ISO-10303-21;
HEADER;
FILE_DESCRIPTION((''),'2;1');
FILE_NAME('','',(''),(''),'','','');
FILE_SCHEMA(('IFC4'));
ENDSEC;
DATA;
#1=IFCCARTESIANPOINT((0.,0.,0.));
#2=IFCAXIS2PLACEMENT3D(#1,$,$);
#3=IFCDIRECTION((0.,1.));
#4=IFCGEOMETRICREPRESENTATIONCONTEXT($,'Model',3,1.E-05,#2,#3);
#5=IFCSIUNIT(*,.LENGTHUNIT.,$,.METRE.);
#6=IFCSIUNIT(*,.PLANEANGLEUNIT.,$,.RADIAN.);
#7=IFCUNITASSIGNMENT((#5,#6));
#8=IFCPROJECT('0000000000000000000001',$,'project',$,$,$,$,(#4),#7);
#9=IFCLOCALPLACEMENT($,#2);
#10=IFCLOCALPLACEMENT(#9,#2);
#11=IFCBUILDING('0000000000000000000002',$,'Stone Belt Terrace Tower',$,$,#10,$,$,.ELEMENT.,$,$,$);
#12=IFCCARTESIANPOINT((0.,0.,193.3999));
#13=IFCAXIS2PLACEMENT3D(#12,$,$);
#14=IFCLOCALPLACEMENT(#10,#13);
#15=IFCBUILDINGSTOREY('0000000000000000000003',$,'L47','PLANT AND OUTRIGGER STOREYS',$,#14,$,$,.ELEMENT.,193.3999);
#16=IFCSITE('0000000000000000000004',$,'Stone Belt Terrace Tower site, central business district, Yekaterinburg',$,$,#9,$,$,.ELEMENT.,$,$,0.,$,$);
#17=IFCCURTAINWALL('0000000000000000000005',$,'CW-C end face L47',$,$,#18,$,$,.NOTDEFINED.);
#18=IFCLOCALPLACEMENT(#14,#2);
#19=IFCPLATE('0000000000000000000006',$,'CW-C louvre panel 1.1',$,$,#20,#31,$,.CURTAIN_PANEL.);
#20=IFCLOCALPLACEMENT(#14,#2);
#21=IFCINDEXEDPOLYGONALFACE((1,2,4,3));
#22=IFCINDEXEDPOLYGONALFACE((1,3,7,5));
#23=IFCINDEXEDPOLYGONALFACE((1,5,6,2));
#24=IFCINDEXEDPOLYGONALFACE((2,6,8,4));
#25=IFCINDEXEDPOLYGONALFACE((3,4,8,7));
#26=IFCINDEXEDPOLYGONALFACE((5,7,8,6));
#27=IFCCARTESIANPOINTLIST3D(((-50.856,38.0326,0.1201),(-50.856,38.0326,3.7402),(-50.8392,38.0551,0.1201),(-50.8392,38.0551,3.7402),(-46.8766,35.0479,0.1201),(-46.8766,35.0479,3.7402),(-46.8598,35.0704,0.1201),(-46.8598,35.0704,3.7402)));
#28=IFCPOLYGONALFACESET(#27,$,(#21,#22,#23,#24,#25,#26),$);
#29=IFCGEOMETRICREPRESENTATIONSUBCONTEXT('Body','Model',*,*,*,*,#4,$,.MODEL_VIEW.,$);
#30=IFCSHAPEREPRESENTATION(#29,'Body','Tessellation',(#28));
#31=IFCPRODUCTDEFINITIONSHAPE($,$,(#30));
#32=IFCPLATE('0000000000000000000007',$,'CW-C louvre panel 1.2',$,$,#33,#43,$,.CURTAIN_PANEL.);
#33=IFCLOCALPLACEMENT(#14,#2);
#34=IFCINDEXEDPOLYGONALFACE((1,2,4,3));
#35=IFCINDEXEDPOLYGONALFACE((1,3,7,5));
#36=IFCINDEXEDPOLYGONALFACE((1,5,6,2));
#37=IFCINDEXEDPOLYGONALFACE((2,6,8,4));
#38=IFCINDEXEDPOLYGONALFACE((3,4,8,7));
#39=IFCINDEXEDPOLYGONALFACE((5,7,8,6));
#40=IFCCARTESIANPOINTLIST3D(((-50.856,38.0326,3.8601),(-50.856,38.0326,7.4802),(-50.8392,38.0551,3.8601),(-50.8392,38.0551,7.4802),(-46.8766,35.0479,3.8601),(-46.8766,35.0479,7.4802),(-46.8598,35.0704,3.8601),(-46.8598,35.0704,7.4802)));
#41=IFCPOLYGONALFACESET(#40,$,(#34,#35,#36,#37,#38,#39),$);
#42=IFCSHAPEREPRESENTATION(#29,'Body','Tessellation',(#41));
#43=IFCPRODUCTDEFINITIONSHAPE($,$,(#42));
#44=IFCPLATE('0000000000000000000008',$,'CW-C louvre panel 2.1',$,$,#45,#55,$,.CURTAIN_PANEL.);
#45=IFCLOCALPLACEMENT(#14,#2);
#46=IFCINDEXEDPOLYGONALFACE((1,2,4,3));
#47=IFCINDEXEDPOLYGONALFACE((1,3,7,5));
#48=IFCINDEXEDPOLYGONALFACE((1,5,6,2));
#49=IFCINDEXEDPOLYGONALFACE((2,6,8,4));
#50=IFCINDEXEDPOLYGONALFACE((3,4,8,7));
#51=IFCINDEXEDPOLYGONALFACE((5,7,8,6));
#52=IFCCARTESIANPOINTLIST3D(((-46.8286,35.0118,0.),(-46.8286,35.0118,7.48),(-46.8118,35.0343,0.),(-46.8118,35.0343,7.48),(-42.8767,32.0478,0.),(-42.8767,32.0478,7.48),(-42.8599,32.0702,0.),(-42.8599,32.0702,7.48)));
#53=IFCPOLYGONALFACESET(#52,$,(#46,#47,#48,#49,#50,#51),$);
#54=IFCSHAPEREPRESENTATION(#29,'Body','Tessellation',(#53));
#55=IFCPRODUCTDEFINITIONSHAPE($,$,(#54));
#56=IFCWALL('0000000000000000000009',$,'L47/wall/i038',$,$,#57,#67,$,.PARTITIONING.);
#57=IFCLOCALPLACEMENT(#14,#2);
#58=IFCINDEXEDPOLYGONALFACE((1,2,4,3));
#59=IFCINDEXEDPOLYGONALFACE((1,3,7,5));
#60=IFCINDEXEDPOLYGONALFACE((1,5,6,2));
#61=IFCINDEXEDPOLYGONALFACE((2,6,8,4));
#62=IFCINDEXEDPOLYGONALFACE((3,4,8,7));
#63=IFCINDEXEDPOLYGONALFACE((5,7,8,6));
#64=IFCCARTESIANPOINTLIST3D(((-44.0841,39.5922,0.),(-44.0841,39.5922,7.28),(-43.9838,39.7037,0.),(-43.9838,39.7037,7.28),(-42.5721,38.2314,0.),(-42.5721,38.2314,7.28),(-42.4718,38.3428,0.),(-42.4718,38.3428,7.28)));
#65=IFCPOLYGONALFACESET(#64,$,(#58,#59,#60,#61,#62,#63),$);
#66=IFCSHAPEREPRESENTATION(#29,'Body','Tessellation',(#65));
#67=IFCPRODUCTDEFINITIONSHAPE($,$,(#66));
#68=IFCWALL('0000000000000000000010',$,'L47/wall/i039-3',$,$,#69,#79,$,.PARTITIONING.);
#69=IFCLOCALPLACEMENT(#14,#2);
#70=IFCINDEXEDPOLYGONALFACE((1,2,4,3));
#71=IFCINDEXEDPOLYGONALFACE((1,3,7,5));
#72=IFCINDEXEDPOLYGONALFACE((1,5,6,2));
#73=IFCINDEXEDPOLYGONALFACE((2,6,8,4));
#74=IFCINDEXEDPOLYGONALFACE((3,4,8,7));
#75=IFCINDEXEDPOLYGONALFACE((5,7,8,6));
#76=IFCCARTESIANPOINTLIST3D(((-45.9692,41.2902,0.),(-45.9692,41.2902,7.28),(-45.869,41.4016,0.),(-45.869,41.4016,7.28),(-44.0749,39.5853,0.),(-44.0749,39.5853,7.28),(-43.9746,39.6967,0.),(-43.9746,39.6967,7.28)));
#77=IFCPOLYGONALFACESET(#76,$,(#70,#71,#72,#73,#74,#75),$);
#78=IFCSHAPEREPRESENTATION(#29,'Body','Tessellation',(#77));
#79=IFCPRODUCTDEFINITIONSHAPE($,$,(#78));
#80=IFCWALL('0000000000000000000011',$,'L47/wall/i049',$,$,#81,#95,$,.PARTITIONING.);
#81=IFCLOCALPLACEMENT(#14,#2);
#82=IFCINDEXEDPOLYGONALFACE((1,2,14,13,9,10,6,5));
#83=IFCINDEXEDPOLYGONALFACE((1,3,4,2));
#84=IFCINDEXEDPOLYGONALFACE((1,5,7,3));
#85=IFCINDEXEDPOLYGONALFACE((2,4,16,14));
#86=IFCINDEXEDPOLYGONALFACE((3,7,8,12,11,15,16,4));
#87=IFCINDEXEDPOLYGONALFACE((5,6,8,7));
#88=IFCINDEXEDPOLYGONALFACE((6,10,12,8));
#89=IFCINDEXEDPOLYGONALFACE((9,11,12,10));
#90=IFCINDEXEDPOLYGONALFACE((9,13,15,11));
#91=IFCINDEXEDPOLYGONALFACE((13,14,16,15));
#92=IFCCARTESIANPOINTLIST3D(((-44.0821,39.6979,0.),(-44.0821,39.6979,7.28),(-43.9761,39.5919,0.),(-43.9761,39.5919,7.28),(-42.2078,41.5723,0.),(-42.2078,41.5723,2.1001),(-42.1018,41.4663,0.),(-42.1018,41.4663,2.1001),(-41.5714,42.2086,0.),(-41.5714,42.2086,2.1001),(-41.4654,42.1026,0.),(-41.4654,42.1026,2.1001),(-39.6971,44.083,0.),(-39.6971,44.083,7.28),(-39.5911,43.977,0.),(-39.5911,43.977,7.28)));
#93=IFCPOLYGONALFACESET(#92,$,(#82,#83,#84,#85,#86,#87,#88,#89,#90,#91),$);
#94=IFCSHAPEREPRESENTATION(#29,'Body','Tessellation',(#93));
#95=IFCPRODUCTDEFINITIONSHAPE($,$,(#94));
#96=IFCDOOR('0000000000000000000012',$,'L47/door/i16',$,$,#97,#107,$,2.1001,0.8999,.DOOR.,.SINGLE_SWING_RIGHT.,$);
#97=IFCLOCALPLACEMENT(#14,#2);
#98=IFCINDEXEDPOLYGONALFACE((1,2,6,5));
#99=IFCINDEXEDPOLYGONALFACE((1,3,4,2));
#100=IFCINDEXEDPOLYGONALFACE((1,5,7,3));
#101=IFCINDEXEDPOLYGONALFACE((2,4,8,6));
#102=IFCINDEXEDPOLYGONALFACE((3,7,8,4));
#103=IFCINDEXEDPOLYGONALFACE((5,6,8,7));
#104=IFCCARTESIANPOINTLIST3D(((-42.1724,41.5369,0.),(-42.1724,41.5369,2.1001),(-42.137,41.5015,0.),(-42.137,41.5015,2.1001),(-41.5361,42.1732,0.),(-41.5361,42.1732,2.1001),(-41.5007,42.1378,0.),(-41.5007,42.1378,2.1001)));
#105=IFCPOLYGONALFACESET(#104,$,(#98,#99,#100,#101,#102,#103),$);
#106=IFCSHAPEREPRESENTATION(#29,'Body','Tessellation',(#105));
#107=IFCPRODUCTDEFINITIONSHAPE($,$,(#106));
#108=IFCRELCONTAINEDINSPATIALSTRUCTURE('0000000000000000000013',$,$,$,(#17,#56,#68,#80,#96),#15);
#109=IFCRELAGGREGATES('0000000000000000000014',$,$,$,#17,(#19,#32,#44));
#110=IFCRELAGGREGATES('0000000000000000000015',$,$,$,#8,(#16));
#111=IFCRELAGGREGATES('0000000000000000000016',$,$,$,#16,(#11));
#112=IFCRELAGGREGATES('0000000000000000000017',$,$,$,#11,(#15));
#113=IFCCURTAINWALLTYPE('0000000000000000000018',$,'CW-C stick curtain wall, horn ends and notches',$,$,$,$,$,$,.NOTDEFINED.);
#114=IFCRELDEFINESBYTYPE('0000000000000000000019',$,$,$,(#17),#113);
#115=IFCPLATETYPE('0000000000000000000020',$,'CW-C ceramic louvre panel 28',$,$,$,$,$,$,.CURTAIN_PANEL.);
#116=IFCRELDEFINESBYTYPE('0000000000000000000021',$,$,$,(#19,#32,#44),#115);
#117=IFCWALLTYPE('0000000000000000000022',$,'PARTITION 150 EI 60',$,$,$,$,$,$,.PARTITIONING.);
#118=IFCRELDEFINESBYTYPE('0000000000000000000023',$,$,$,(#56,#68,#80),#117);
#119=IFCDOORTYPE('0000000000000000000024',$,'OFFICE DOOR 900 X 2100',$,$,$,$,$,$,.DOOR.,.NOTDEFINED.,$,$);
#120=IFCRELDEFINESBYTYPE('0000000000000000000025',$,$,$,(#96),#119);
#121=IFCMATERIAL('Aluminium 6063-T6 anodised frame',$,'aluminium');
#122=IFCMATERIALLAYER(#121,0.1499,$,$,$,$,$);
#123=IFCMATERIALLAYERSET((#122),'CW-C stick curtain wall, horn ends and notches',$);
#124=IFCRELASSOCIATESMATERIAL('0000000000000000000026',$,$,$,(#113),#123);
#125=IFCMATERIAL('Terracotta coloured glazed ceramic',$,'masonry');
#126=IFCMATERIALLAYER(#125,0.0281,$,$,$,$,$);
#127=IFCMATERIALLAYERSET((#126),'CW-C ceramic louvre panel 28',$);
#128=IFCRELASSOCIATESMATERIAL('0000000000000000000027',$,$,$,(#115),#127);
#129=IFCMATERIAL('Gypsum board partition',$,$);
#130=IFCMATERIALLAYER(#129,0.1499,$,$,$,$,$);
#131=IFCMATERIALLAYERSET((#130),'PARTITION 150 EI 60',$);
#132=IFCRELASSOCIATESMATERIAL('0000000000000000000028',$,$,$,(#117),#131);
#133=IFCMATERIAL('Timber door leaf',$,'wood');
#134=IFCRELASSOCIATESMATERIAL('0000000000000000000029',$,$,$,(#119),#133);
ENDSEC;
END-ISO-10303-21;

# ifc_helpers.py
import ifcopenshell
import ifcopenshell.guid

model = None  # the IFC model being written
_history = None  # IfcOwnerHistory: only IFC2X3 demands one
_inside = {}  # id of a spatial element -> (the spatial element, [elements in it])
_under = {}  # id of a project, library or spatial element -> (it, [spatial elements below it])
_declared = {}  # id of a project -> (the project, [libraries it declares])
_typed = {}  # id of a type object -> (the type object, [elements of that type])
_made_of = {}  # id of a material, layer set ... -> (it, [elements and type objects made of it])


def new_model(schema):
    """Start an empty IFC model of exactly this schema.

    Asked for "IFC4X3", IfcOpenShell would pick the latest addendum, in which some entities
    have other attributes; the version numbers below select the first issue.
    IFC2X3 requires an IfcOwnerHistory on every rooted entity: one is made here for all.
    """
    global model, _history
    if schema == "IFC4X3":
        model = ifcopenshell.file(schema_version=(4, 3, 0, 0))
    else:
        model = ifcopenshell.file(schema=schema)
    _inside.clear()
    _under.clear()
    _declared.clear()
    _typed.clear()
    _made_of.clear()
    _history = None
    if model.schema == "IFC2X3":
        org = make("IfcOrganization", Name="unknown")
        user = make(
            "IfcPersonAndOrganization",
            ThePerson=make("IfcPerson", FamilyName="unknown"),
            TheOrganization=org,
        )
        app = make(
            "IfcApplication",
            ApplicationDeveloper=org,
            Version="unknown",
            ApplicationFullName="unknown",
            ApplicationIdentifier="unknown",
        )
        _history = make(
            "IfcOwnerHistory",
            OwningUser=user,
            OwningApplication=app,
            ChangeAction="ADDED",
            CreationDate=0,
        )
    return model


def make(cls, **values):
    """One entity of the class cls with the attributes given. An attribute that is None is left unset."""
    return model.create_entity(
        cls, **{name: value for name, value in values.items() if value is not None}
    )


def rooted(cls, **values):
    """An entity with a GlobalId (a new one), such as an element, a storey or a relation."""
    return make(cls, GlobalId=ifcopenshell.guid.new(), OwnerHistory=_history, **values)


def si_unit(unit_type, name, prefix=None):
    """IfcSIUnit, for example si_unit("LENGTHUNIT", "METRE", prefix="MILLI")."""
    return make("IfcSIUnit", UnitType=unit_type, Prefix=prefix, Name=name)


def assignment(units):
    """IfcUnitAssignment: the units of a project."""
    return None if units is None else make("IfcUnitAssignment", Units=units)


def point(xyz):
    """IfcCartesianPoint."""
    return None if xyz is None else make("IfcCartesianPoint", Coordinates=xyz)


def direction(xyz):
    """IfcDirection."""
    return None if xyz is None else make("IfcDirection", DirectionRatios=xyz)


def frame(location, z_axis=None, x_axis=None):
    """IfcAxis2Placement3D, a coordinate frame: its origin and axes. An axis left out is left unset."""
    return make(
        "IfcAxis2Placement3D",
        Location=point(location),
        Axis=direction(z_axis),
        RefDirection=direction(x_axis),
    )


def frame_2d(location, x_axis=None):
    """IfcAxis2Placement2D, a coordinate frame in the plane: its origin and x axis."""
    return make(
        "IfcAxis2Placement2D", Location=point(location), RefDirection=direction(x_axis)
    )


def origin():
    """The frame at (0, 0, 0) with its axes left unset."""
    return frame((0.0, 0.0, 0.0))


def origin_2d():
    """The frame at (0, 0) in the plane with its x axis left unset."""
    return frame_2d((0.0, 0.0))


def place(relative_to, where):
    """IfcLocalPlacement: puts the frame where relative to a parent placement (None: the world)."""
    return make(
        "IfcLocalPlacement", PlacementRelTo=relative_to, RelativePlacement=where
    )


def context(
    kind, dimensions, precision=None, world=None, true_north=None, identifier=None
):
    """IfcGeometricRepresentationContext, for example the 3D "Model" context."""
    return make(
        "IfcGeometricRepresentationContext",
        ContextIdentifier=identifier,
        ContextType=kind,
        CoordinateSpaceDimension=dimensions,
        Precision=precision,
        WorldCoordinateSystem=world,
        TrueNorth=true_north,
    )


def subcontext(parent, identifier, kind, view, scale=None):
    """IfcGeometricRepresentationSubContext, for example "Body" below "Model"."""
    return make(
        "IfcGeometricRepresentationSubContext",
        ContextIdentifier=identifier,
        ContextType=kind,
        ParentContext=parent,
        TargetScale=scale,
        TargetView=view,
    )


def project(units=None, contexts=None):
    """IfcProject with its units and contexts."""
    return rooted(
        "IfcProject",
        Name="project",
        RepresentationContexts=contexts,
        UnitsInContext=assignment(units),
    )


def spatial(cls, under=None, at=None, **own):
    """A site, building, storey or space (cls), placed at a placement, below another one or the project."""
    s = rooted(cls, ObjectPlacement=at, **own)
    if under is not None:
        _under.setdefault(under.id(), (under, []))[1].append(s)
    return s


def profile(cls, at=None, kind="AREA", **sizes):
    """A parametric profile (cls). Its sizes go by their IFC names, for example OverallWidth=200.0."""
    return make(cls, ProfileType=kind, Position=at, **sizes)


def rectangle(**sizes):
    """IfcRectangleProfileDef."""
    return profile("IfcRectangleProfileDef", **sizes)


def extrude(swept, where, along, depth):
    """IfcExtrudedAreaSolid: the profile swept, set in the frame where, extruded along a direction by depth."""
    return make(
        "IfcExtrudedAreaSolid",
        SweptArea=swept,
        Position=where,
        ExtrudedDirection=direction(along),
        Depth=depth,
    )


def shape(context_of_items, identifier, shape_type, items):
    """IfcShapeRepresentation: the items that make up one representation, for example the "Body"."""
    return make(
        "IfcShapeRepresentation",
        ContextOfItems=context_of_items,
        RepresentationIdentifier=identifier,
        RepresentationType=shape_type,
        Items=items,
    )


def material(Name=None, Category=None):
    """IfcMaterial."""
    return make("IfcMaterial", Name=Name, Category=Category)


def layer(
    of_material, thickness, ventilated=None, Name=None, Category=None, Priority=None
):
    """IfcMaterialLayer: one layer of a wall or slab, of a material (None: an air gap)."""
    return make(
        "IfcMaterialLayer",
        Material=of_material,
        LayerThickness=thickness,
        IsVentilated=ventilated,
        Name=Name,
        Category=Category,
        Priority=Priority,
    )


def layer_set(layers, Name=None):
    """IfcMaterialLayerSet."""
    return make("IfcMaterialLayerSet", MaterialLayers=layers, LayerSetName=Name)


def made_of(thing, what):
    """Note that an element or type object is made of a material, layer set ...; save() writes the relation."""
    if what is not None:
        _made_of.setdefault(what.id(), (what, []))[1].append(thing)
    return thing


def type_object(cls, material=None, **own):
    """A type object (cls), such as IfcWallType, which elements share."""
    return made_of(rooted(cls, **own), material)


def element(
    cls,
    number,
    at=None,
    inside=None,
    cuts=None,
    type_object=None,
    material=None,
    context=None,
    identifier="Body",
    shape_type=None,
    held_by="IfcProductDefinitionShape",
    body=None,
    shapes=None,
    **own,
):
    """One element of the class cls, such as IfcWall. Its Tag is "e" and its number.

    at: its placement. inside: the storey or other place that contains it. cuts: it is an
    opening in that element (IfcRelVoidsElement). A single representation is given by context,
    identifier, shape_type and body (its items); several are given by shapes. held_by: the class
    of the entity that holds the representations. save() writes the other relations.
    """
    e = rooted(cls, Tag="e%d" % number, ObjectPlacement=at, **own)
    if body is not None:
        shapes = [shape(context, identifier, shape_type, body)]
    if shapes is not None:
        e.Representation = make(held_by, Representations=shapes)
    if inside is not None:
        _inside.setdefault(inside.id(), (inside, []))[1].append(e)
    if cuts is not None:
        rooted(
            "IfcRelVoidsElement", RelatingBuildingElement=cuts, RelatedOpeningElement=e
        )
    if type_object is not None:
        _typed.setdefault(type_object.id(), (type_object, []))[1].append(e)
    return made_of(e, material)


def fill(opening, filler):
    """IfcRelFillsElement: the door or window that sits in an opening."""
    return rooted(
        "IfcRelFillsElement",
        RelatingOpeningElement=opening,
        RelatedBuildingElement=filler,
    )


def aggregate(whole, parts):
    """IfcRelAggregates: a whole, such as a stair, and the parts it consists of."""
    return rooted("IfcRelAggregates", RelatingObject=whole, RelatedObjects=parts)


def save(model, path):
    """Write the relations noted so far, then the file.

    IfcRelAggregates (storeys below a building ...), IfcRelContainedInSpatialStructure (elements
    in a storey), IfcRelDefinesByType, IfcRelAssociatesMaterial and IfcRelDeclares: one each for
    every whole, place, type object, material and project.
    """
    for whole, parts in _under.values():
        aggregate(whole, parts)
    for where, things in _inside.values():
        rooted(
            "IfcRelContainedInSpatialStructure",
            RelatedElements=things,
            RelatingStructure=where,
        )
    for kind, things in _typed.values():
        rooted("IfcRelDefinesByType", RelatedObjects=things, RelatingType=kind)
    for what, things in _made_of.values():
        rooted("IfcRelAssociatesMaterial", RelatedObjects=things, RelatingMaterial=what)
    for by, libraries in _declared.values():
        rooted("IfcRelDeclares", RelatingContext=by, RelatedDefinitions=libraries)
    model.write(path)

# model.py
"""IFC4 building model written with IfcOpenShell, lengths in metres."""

from ifc_helpers import new_model, si_unit, direction, frame, frame_2d, origin, origin_2d, place, context, subcontext, project, spatial, rectangle, extrude, material, layer, layer_set, type_object, element, fill, aggregate, save


model = new_model("IFC4")

# Units and contexts
model_context = context("Model", 3, precision=1e-05, world=origin(), true_north=direction((0.0, 1.0)))
body_context = subcontext(model_context, "Body", "Model", "MODEL_VIEW")
ifc_project = project(units=[si_unit("LENGTHUNIT", "METRE"), si_unit("PLANEANGLEUNIT", "RADIAN")], contexts=[model_context])

# Site, building, storey
site_placement = place(None, origin())
site = spatial("IfcSite", under=ifc_project, at=site_placement, Name="Stone Belt Terrace Tower site, central business district, Yekaterinburg", CompositionType="ELEMENT", RefElevation=0.0)
building_placement = place(site_placement, origin())
building = spatial("IfcBuilding", under=site, at=building_placement, Name="Stone Belt Terrace Tower", CompositionType="ELEMENT")
storey_placement = place(building_placement, frame((0.0, 0.0, 193.3999)))
storey = spatial("IfcBuildingStorey", under=building, at=storey_placement, Name="L47", Description="PLANT AND OUTRIGGER STOREYS", CompositionType="ELEMENT", Elevation=193.3999)

# Curtain wall
ifc_material_1 = material(Name="Aluminium 6063-T6 anodised frame", Category="aluminium")
ifc_layer_1 = layer(ifc_material_1, 0.1499)
ifc_layer_set_1 = layer_set([ifc_layer_1], Name="CW-C stick curtain wall, horn ends and notches")
curtain_wall_type = type_object("IfcCurtainWallType", Name="CW-C stick curtain wall, horn ends and notches", PredefinedType="NOTDEFINED", material=ifc_layer_set_1)
curtain_wall_1_placement = place(storey_placement, origin())
curtain_wall_1 = element("IfcCurtainWall", 1, at=curtain_wall_1_placement, inside=storey, type_object=curtain_wall_type, Name="CW-C end face L47", PredefinedType="NOTDEFINED")

# Shared definitions
ifc_material_2 = material(Name="Terracotta coloured glazed ceramic", Category="masonry")
ifc_layer_2 = layer(ifc_material_2, 0.0281)
ifc_layer_set_2 = layer_set([ifc_layer_2], Name="CW-C ceramic louvre panel 28")
plate_type = type_object("IfcPlateType", Name="CW-C ceramic louvre panel 28", PredefinedType="CURTAIN_PANEL", material=ifc_layer_set_2)

# Plates
plate_1_placement = place(storey_placement, frame((-48.8579, 36.5515, 0.1201), z_axis=(0.0, 0.0, 1.0), x_axis=(0.799987, -0.600018, 0.0)))
plate_1 = element("IfcPlate", 2, at=plate_1_placement, type_object=plate_type, Name="CW-C louvre panel 1.1", PredefinedType="CURTAIN_PANEL", context=body_context, shape_type="SweptSolid", body=[
    extrude(rectangle(XDim=4.9744, YDim=0.0281, at=origin_2d()), origin(), (0.0, 0.0, 1.0), 3.6201),
])
plate_2_placement = place(storey_placement, frame((-48.8579, 36.5515, 3.8601), z_axis=(0.0, 0.0, 1.0), x_axis=(0.799987, -0.600018, 0.0)))
plate_2 = element("IfcPlate", 3, at=plate_2_placement, type_object=plate_type, Name="CW-C louvre panel 1.2", PredefinedType="CURTAIN_PANEL", context=body_context, shape_type="SweptSolid", body=[
    extrude(rectangle(XDim=4.9744, YDim=0.0281, at=origin_2d()), origin(), (0.0, 0.0, 1.0), 3.6201),
])
plate_3_placement = place(storey_placement, frame((-44.8442, 33.541, 0.0), z_axis=(0.0, 0.0, 1.0), x_axis=(0.799987, -0.600018, 0.0)))
plate_3 = element("IfcPlate", 4, at=plate_3_placement, type_object=plate_type, Name="CW-C louvre panel 2.1", PredefinedType="CURTAIN_PANEL", context=body_context, shape_type="SweptSolid", body=[
    extrude(rectangle(XDim=4.9399, YDim=0.0281, at=origin_2d()), origin(), (0.0, 0.0, 1.0), 7.48),
])
aggregate(curtain_wall_1, [plate_1, plate_2, plate_3])

# Walls
ifc_material_3 = material(Name="Gypsum board partition")
ifc_layer_3 = layer(ifc_material_3, 0.1499)
ifc_layer_set_3 = layer_set([ifc_layer_3], Name="PARTITION 150 EI 60")
wall_type = type_object("IfcWallType", Name="PARTITION 150 EI 60", PredefinedType="PARTITIONING", material=ifc_layer_set_3)
wall_1_placement = place(storey_placement, frame((-44.0339, 39.6479, 0.0), z_axis=(0.0, 0.0, 1.0), x_axis=(0.743276, -0.668985, 0.0)))
element("IfcWall", 5, at=wall_1_placement, inside=storey, type_object=wall_type, Name="L47/wall/i038", PredefinedType="PARTITIONING", context=body_context, shape_type="SweptSolid", body=[
    extrude(rectangle(XDim=2.0342, YDim=0.1499, at=frame_2d((1.0171, 0.0))), origin(), (0.0, 0.0, 1.0), 7.28),
])
wall_2_placement = place(storey_placement, frame((-45.9192, 41.3459, 0.0), z_axis=(0.0, 0.0, 1.0), x_axis=(0.743299, -0.668959, 0.0)))
element("IfcWall", 6, at=wall_2_placement, inside=storey, type_object=wall_type, Name="L47/wall/i039-3", PredefinedType="PARTITIONING", context=body_context, shape_type="SweptSolid", body=[
    extrude(rectangle(XDim=2.5486, YDim=0.1499, at=frame_2d((1.2744, 0.0))), origin(), (0.0, 0.0, 1.0), 7.28),
])

# Wall, opening, door
wall_3_placement = place(storey_placement, frame((-44.0291, 39.645, 0.0), z_axis=(0.0, 0.0, 1.0), x_axis=(0.707107, 0.707107, 0.0)))
wall_3 = element("IfcWall", 7, at=wall_3_placement, inside=storey, type_object=wall_type, Name="L47/wall/i049", PredefinedType="PARTITIONING", context=body_context, shape_type="SweptSolid", body=[
    extrude(rectangle(XDim=6.2014, YDim=0.1499, at=frame_2d((3.1006, 0.0))), origin(), (0.0, 0.0, 1.0), 7.28),
])
opening_placement = place(wall_3_placement, frame((2.6506, 0.0, 0.0)))
opening = element("IfcOpeningElement", 8, at=opening_placement, cuts=wall_3, PredefinedType="OPENING", context=body_context, shape_type="SweptSolid", body=[
    extrude(rectangle(XDim=0.8999, YDim=2.1001, at=frame_2d((0.45, 1.05))), frame((0.0, 0.085, 0.0), z_axis=(0.0, -1.0, 0.0), x_axis=(1.0, 0.0, 0.0)), (0.0, 0.0, 1.0), 0.1699),
])
ifc_material_4 = material(Name="Timber door leaf", Category="wood")
door_type = type_object("IfcDoorType", Name="OFFICE DOOR 900 X 2100", OperationType="NOTDEFINED", PredefinedType="DOOR", material=ifc_material_4)
door_placement = place(opening_placement, origin())
door = element("IfcDoor", 9, at=door_placement, inside=storey, type_object=door_type, Name="L47/door/i16", OperationType="SINGLE_SWING_RIGHT", OverallHeight=2.1001, OverallWidth=0.8999, PredefinedType="DOOR", context=body_context, shape_type="SweptSolid", body=[
    extrude(rectangle(XDim=0.8999, YDim=2.1001, at=frame_2d((0.45, 1.05))), frame((0.0, 0.0249, 0.0), z_axis=(0.0, -1.0, 0.0), x_axis=(1.0, 0.0, 0.0)), (0.0, 0.0, 1.0), 0.05),
])
fill(opening, door)

save(model, "model.ifc")
